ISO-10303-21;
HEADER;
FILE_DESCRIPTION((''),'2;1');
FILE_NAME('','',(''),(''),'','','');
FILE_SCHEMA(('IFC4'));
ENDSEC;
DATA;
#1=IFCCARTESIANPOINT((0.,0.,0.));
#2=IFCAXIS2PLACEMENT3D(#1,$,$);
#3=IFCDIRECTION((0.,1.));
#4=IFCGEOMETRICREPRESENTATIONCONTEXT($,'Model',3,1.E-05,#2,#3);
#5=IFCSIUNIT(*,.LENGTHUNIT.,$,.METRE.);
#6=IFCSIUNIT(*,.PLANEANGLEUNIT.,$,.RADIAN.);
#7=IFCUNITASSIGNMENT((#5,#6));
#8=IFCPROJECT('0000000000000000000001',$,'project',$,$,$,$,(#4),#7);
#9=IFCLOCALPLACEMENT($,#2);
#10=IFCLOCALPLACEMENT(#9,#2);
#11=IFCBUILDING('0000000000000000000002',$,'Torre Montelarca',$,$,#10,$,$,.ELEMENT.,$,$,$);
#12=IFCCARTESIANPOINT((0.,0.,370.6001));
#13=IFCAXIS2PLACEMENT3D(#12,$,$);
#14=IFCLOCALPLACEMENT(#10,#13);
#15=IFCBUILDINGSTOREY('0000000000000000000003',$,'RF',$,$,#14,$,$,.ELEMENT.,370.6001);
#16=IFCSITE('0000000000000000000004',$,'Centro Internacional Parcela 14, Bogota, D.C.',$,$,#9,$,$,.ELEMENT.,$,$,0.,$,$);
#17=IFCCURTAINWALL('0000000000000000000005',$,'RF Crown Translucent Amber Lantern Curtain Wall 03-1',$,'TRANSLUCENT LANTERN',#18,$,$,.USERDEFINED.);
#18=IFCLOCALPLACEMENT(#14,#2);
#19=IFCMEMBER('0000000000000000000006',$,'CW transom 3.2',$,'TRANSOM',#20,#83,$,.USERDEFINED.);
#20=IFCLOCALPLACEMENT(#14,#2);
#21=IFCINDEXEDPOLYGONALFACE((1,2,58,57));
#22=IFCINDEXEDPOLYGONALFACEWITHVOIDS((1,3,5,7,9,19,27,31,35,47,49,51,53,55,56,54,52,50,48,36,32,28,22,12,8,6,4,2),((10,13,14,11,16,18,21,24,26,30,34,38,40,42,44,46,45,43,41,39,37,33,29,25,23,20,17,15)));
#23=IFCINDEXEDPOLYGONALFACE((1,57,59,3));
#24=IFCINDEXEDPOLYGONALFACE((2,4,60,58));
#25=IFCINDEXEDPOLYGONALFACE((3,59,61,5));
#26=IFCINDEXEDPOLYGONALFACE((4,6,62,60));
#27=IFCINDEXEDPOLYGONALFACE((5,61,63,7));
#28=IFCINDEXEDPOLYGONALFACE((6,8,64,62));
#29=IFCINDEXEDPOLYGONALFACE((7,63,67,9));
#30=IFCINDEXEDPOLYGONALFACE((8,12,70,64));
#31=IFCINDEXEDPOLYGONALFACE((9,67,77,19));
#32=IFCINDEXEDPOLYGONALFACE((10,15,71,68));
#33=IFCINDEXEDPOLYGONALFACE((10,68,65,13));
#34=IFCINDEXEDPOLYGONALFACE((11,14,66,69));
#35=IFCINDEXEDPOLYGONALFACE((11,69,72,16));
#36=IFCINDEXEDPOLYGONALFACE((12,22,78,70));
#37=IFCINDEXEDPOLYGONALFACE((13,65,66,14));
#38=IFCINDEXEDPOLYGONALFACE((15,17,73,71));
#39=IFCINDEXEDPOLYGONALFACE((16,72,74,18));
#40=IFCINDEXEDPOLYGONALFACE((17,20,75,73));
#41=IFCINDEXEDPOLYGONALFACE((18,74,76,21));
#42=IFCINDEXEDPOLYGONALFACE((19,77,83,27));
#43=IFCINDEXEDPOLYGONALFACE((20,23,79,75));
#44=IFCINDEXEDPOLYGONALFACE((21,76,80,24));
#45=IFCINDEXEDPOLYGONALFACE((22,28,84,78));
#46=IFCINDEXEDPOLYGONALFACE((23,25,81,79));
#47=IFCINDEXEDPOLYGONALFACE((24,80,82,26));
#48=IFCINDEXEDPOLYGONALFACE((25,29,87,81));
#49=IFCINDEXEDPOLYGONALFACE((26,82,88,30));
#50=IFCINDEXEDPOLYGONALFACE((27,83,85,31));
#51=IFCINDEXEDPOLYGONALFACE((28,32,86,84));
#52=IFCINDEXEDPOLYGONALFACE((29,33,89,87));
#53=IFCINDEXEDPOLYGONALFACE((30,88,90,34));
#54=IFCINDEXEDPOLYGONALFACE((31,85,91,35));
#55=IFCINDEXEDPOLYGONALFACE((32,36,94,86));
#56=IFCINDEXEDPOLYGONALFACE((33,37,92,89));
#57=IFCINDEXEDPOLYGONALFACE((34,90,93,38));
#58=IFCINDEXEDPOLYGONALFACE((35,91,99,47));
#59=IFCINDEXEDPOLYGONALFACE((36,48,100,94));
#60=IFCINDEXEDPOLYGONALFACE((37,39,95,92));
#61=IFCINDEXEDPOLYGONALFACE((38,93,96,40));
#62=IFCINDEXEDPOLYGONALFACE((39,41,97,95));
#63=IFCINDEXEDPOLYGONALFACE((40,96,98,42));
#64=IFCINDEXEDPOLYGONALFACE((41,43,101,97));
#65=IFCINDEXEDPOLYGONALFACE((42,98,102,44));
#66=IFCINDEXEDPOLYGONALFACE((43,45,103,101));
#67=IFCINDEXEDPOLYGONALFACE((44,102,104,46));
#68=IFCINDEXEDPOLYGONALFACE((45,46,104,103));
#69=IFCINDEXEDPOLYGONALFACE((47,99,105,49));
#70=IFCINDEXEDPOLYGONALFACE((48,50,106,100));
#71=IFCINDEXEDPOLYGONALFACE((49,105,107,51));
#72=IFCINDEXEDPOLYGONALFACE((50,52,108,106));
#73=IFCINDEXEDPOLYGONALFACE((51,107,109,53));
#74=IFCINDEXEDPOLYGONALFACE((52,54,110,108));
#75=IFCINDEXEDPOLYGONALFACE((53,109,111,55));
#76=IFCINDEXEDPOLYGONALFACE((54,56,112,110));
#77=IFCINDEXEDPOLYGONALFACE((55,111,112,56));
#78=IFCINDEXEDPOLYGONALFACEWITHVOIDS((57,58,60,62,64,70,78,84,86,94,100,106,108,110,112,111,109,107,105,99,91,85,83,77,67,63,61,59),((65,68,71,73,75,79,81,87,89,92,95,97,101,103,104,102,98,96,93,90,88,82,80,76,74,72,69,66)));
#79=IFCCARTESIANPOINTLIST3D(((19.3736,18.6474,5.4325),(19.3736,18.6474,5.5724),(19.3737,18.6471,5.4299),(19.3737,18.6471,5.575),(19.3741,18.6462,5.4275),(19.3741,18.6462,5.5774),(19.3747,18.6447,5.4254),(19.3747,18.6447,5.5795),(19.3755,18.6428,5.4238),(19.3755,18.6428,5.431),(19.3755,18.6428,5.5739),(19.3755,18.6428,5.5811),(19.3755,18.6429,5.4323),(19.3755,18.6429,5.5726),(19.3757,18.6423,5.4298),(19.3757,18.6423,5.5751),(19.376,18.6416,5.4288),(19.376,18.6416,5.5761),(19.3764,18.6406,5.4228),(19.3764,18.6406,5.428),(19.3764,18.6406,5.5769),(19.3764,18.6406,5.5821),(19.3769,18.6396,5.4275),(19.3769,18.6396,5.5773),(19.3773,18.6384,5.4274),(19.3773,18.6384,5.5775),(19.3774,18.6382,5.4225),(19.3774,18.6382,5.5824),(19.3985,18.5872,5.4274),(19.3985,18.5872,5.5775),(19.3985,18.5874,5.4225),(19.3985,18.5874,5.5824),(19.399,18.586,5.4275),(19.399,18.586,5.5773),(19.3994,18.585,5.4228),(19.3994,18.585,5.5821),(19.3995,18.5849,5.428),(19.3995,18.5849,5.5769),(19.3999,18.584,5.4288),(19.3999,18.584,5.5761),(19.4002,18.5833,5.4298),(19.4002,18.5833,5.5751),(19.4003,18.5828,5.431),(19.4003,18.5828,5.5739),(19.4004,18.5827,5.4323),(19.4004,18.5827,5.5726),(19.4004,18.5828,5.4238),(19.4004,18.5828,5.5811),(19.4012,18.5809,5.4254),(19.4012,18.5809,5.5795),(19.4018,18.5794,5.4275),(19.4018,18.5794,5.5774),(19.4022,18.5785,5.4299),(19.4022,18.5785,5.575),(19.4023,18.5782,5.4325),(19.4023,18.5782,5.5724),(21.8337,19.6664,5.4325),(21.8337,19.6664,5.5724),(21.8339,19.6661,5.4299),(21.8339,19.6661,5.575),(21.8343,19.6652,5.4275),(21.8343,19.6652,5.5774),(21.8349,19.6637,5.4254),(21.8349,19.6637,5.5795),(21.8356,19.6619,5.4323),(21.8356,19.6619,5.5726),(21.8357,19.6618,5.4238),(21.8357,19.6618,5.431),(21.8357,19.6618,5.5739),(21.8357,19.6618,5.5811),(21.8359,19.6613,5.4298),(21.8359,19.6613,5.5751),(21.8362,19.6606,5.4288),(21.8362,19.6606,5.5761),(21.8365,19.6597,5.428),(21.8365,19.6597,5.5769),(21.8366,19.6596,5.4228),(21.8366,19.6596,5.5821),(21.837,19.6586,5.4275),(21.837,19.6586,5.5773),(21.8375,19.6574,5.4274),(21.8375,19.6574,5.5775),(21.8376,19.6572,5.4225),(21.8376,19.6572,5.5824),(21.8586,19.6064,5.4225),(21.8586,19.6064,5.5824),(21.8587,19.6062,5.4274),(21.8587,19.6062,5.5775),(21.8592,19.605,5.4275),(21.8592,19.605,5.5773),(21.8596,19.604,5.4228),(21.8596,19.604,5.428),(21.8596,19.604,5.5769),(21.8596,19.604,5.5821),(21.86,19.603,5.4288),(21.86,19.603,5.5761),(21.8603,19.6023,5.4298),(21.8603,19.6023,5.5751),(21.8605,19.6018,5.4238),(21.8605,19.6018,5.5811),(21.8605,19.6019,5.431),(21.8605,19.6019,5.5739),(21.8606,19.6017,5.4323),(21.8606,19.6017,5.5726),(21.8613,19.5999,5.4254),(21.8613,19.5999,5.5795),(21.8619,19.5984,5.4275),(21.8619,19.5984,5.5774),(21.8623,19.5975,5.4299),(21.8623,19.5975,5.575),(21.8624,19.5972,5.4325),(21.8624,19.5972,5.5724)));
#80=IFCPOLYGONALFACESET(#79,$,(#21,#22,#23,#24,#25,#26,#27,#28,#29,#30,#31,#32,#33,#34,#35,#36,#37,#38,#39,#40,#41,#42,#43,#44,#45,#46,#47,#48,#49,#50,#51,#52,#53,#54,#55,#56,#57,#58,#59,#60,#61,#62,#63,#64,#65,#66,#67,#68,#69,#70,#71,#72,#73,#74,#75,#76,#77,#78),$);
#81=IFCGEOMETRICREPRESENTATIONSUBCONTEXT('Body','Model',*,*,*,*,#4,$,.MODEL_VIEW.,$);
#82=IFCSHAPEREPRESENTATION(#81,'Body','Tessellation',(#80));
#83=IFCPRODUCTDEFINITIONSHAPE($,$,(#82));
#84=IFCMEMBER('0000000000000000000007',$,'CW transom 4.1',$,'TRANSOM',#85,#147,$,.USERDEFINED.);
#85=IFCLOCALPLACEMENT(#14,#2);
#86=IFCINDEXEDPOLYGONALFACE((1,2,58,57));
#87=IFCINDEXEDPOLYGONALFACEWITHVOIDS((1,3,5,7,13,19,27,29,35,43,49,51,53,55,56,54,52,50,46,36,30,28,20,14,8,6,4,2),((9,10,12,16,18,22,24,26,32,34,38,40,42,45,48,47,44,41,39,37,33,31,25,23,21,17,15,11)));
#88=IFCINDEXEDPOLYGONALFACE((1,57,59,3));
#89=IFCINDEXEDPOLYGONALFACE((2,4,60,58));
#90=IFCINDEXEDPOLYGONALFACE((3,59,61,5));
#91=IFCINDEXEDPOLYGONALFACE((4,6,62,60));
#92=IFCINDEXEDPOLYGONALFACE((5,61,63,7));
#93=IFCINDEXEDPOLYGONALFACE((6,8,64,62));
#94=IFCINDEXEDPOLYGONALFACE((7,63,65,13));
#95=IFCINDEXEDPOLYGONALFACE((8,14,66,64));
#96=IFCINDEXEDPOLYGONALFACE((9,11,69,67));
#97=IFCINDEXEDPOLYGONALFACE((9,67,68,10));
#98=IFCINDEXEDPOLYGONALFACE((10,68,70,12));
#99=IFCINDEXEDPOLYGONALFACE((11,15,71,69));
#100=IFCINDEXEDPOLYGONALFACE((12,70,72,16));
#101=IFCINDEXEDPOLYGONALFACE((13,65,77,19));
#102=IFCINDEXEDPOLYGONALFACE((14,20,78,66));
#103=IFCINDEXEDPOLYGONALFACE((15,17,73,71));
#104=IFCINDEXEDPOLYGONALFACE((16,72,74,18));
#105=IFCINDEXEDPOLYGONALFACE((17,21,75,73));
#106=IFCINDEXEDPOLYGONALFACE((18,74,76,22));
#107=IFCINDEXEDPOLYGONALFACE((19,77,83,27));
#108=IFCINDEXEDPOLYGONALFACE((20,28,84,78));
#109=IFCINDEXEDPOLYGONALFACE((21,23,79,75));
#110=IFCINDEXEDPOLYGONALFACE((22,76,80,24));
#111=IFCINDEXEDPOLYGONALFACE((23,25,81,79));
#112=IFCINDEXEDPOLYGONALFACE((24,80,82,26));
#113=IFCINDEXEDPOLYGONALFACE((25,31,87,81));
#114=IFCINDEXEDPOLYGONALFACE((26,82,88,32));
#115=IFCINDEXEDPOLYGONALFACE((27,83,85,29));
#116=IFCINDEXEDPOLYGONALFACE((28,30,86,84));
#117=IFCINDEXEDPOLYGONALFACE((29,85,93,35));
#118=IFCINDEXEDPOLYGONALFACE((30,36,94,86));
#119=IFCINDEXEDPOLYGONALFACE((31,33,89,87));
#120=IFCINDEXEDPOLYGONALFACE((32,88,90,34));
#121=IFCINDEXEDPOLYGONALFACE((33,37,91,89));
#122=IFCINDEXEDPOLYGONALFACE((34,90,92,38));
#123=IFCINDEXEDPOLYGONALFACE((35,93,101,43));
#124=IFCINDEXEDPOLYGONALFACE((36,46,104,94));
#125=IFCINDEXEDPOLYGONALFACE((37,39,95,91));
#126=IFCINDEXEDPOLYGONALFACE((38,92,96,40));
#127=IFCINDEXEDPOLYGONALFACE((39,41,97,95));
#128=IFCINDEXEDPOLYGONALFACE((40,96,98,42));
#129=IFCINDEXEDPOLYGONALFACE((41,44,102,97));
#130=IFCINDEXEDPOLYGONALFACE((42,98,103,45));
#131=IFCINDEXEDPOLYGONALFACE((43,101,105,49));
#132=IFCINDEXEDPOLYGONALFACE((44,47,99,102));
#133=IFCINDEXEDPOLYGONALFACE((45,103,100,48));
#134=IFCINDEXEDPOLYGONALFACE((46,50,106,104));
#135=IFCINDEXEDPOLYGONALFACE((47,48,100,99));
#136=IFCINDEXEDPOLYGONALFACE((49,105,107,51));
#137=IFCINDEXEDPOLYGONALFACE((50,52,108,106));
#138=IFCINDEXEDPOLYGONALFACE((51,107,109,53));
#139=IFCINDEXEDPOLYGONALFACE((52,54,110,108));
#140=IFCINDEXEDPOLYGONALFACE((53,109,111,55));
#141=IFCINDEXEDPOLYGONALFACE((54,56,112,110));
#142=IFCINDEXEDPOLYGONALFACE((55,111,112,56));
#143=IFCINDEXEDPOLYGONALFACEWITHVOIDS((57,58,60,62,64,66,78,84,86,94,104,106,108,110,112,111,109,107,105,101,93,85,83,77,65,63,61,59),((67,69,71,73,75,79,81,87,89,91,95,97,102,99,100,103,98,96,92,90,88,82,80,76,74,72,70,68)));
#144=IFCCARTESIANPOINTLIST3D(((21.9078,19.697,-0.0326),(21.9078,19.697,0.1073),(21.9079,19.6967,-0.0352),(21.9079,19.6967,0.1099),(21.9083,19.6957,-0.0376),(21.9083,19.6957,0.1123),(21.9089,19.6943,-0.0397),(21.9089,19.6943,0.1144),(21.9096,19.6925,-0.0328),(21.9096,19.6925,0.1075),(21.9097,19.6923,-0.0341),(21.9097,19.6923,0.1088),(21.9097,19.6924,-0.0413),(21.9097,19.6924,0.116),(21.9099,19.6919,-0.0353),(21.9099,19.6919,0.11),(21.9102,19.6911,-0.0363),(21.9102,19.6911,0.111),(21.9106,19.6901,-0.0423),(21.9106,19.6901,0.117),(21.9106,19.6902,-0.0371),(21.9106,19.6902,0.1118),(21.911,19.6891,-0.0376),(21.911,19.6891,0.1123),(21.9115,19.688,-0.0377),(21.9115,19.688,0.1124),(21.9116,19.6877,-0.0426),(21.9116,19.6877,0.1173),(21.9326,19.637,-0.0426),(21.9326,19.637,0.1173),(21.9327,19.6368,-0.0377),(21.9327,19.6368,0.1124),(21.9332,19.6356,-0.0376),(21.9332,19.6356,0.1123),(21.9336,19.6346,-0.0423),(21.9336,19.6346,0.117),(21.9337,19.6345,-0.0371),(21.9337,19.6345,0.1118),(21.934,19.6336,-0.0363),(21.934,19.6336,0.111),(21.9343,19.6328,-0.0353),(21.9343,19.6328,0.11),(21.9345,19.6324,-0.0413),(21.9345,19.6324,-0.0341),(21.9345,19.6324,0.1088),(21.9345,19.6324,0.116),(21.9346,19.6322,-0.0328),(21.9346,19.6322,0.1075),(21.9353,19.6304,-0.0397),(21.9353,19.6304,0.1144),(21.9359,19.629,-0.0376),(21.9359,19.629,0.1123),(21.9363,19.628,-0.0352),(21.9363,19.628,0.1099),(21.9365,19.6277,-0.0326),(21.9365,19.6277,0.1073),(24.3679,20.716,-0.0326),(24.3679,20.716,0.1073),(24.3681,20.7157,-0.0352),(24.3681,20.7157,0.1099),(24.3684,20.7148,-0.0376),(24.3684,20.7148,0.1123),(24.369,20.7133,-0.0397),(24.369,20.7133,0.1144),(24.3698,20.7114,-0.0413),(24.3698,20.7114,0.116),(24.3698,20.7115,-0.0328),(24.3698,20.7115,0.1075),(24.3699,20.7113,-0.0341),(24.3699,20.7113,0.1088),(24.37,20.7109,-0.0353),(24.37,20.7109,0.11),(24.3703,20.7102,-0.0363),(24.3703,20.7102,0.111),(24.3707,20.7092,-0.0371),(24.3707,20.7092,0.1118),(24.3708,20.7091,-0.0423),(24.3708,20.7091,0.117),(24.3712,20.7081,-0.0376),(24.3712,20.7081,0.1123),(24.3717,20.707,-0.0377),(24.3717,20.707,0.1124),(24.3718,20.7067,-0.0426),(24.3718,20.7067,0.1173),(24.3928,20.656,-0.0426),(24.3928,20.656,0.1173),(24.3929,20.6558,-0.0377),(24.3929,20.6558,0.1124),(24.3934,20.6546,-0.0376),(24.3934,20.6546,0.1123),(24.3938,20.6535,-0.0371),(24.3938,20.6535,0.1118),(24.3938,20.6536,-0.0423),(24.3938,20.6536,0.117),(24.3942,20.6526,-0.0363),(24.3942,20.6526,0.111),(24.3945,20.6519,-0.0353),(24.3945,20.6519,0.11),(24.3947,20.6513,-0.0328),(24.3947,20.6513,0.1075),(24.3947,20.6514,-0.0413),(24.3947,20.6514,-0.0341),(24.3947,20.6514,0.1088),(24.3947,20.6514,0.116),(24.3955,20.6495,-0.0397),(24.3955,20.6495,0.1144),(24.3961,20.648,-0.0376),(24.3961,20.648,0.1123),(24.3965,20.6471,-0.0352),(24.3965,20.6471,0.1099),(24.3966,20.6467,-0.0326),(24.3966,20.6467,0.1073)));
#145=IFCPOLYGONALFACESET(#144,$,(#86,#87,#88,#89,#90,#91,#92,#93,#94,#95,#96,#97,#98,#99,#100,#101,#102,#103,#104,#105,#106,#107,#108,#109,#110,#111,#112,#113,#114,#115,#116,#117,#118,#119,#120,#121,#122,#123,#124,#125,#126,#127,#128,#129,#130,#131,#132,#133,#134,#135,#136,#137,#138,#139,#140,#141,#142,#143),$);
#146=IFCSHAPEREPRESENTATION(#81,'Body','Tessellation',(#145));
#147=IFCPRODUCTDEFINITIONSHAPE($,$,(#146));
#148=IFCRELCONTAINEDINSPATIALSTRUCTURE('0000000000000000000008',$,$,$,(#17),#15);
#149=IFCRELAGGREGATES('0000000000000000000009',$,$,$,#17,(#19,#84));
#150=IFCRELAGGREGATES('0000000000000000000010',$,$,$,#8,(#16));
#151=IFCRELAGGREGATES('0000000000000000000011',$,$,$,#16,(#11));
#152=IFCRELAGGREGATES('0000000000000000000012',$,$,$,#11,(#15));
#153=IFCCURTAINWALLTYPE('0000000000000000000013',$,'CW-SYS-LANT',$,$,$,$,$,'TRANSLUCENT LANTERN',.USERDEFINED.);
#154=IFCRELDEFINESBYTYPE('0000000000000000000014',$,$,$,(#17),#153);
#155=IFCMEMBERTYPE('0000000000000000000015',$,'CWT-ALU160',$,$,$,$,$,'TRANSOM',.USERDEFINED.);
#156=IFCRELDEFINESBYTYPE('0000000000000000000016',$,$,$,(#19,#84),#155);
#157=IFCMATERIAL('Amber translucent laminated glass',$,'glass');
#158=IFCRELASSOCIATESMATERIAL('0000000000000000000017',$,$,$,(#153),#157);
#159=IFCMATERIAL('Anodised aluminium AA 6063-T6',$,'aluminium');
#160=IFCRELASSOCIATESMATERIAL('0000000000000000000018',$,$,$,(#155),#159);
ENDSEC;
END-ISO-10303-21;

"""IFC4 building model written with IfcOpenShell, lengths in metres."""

from ifc_helpers import new_model, si_unit, direction, frame, origin, origin_2d, place, context, subcontext, project, spatial, hollow_rectangle, extrude, source, transform, mapped, material, material_profile, profile_set, type_object, element, aggregate, save


model = new_model("IFC4")

# Units and contexts
model_context = context("Model", 3, precision=1e-05, world=origin(), true_north=direction((0.0, 1.0)))
body_context = subcontext(model_context, "Body", "Model", "MODEL_VIEW")
ifc_project = project(units=[si_unit("LENGTHUNIT", "METRE"), si_unit("PLANEANGLEUNIT", "RADIAN")], contexts=[model_context])

# Site, building, storey
site_placement = place(None, origin())
site = spatial("IfcSite", under=ifc_project, at=site_placement, Name="Centro Internacional Parcela 14, Bogota, D.C.", CompositionType="ELEMENT", RefElevation=0.0)
building_placement = place(site_placement, origin())
building = spatial("IfcBuilding", under=site, at=building_placement, Name="Torre Montelarca", CompositionType="ELEMENT")
storey_placement = place(building_placement, frame((0.0, 0.0, 370.6001)))
storey = spatial("IfcBuildingStorey", under=building, at=storey_placement, Name="RF", CompositionType="ELEMENT", Elevation=370.6001)

# Curtain wall, members
ifc_material_1 = material(Name="Amber translucent laminated glass", Category="glass")
curtain_wall_type = type_object("IfcCurtainWallType", Name="CW-SYS-LANT", ElementType="TRANSLUCENT LANTERN", PredefinedType="USERDEFINED", material=ifc_material_1)
curtain_wall_placement = place(storey_placement, origin())
curtain_wall = element("IfcCurtainWall", 1, at=curtain_wall_placement, inside=storey, type_object=curtain_wall_type, Name="RF Crown Translucent Amber Lantern Curtain Wall 03-1", ObjectType="TRANSLUCENT LANTERN", PredefinedType="USERDEFINED")
ifc_material_2 = material(Name="Anodised aluminium AA 6063-T6", Category="aluminium")
ifc_material_profile_1 = material_profile(ifc_material_2, hollow_rectangle(XDim=0.075, YDim=0.1599, WallThickness=0.0049, InnerFilletRadius=0.0049, OuterFilletRadius=0.01, at=origin_2d()), Name="ALU75X160X5", Category="aluminium")
ifc_profile_set_1 = profile_set([ifc_material_profile_1], Name="Anodised aluminium AA 6063-T6")
member_type_1 = type_object("IfcMemberType", Name="CWT-ALU160", ElementType="TRANSOM", PredefinedType="USERDEFINED", material=ifc_profile_set_1)
shared_shape_1 = source(origin(), body_context, "Body", "SweptSolid", [
    extrude(hollow_rectangle(XDim=0.075, YDim=0.1599, WallThickness=0.0049, InnerFilletRadius=0.0049, OuterFilletRadius=0.01, at=origin_2d()), origin(), (0.0, 0.0, 1.0), 2.6628),
])
member_1_placement = place(storey_placement, frame((19.3879, 18.6128, 5.5024), z_axis=(0.923881, 0.382681, 0.0), x_axis=(-0.382681, 0.923881, 0.0)))
member_1 = element("IfcMember", 2, at=member_1_placement, type_object=member_type_1, Name="CW transom 3.2", ObjectType="TRANSOM", PredefinedType="USERDEFINED", context=body_context, shape_type="MappedRepresentation", body=[
    mapped(shared_shape_1, transform((0.0, 0.0, 0.0), scale=1.0)),
])
member_2_placement = place(storey_placement, frame((21.9221, 19.6624, 0.0374), z_axis=(0.923881, 0.382681, 0.0), x_axis=(-0.382681, 0.923881, 0.0)))
member_2 = element("IfcMember", 3, at=member_2_placement, type_object=member_type_1, Name="CW transom 4.1", ObjectType="TRANSOM", PredefinedType="USERDEFINED", context=body_context, shape_type="MappedRepresentation", body=[
    mapped(shared_shape_1, transform((0.0, 0.0, 0.0), scale=1.0)),
])

aggregate(curtain_wall, [member_1, member_2])

save(model, "model.ifc")
